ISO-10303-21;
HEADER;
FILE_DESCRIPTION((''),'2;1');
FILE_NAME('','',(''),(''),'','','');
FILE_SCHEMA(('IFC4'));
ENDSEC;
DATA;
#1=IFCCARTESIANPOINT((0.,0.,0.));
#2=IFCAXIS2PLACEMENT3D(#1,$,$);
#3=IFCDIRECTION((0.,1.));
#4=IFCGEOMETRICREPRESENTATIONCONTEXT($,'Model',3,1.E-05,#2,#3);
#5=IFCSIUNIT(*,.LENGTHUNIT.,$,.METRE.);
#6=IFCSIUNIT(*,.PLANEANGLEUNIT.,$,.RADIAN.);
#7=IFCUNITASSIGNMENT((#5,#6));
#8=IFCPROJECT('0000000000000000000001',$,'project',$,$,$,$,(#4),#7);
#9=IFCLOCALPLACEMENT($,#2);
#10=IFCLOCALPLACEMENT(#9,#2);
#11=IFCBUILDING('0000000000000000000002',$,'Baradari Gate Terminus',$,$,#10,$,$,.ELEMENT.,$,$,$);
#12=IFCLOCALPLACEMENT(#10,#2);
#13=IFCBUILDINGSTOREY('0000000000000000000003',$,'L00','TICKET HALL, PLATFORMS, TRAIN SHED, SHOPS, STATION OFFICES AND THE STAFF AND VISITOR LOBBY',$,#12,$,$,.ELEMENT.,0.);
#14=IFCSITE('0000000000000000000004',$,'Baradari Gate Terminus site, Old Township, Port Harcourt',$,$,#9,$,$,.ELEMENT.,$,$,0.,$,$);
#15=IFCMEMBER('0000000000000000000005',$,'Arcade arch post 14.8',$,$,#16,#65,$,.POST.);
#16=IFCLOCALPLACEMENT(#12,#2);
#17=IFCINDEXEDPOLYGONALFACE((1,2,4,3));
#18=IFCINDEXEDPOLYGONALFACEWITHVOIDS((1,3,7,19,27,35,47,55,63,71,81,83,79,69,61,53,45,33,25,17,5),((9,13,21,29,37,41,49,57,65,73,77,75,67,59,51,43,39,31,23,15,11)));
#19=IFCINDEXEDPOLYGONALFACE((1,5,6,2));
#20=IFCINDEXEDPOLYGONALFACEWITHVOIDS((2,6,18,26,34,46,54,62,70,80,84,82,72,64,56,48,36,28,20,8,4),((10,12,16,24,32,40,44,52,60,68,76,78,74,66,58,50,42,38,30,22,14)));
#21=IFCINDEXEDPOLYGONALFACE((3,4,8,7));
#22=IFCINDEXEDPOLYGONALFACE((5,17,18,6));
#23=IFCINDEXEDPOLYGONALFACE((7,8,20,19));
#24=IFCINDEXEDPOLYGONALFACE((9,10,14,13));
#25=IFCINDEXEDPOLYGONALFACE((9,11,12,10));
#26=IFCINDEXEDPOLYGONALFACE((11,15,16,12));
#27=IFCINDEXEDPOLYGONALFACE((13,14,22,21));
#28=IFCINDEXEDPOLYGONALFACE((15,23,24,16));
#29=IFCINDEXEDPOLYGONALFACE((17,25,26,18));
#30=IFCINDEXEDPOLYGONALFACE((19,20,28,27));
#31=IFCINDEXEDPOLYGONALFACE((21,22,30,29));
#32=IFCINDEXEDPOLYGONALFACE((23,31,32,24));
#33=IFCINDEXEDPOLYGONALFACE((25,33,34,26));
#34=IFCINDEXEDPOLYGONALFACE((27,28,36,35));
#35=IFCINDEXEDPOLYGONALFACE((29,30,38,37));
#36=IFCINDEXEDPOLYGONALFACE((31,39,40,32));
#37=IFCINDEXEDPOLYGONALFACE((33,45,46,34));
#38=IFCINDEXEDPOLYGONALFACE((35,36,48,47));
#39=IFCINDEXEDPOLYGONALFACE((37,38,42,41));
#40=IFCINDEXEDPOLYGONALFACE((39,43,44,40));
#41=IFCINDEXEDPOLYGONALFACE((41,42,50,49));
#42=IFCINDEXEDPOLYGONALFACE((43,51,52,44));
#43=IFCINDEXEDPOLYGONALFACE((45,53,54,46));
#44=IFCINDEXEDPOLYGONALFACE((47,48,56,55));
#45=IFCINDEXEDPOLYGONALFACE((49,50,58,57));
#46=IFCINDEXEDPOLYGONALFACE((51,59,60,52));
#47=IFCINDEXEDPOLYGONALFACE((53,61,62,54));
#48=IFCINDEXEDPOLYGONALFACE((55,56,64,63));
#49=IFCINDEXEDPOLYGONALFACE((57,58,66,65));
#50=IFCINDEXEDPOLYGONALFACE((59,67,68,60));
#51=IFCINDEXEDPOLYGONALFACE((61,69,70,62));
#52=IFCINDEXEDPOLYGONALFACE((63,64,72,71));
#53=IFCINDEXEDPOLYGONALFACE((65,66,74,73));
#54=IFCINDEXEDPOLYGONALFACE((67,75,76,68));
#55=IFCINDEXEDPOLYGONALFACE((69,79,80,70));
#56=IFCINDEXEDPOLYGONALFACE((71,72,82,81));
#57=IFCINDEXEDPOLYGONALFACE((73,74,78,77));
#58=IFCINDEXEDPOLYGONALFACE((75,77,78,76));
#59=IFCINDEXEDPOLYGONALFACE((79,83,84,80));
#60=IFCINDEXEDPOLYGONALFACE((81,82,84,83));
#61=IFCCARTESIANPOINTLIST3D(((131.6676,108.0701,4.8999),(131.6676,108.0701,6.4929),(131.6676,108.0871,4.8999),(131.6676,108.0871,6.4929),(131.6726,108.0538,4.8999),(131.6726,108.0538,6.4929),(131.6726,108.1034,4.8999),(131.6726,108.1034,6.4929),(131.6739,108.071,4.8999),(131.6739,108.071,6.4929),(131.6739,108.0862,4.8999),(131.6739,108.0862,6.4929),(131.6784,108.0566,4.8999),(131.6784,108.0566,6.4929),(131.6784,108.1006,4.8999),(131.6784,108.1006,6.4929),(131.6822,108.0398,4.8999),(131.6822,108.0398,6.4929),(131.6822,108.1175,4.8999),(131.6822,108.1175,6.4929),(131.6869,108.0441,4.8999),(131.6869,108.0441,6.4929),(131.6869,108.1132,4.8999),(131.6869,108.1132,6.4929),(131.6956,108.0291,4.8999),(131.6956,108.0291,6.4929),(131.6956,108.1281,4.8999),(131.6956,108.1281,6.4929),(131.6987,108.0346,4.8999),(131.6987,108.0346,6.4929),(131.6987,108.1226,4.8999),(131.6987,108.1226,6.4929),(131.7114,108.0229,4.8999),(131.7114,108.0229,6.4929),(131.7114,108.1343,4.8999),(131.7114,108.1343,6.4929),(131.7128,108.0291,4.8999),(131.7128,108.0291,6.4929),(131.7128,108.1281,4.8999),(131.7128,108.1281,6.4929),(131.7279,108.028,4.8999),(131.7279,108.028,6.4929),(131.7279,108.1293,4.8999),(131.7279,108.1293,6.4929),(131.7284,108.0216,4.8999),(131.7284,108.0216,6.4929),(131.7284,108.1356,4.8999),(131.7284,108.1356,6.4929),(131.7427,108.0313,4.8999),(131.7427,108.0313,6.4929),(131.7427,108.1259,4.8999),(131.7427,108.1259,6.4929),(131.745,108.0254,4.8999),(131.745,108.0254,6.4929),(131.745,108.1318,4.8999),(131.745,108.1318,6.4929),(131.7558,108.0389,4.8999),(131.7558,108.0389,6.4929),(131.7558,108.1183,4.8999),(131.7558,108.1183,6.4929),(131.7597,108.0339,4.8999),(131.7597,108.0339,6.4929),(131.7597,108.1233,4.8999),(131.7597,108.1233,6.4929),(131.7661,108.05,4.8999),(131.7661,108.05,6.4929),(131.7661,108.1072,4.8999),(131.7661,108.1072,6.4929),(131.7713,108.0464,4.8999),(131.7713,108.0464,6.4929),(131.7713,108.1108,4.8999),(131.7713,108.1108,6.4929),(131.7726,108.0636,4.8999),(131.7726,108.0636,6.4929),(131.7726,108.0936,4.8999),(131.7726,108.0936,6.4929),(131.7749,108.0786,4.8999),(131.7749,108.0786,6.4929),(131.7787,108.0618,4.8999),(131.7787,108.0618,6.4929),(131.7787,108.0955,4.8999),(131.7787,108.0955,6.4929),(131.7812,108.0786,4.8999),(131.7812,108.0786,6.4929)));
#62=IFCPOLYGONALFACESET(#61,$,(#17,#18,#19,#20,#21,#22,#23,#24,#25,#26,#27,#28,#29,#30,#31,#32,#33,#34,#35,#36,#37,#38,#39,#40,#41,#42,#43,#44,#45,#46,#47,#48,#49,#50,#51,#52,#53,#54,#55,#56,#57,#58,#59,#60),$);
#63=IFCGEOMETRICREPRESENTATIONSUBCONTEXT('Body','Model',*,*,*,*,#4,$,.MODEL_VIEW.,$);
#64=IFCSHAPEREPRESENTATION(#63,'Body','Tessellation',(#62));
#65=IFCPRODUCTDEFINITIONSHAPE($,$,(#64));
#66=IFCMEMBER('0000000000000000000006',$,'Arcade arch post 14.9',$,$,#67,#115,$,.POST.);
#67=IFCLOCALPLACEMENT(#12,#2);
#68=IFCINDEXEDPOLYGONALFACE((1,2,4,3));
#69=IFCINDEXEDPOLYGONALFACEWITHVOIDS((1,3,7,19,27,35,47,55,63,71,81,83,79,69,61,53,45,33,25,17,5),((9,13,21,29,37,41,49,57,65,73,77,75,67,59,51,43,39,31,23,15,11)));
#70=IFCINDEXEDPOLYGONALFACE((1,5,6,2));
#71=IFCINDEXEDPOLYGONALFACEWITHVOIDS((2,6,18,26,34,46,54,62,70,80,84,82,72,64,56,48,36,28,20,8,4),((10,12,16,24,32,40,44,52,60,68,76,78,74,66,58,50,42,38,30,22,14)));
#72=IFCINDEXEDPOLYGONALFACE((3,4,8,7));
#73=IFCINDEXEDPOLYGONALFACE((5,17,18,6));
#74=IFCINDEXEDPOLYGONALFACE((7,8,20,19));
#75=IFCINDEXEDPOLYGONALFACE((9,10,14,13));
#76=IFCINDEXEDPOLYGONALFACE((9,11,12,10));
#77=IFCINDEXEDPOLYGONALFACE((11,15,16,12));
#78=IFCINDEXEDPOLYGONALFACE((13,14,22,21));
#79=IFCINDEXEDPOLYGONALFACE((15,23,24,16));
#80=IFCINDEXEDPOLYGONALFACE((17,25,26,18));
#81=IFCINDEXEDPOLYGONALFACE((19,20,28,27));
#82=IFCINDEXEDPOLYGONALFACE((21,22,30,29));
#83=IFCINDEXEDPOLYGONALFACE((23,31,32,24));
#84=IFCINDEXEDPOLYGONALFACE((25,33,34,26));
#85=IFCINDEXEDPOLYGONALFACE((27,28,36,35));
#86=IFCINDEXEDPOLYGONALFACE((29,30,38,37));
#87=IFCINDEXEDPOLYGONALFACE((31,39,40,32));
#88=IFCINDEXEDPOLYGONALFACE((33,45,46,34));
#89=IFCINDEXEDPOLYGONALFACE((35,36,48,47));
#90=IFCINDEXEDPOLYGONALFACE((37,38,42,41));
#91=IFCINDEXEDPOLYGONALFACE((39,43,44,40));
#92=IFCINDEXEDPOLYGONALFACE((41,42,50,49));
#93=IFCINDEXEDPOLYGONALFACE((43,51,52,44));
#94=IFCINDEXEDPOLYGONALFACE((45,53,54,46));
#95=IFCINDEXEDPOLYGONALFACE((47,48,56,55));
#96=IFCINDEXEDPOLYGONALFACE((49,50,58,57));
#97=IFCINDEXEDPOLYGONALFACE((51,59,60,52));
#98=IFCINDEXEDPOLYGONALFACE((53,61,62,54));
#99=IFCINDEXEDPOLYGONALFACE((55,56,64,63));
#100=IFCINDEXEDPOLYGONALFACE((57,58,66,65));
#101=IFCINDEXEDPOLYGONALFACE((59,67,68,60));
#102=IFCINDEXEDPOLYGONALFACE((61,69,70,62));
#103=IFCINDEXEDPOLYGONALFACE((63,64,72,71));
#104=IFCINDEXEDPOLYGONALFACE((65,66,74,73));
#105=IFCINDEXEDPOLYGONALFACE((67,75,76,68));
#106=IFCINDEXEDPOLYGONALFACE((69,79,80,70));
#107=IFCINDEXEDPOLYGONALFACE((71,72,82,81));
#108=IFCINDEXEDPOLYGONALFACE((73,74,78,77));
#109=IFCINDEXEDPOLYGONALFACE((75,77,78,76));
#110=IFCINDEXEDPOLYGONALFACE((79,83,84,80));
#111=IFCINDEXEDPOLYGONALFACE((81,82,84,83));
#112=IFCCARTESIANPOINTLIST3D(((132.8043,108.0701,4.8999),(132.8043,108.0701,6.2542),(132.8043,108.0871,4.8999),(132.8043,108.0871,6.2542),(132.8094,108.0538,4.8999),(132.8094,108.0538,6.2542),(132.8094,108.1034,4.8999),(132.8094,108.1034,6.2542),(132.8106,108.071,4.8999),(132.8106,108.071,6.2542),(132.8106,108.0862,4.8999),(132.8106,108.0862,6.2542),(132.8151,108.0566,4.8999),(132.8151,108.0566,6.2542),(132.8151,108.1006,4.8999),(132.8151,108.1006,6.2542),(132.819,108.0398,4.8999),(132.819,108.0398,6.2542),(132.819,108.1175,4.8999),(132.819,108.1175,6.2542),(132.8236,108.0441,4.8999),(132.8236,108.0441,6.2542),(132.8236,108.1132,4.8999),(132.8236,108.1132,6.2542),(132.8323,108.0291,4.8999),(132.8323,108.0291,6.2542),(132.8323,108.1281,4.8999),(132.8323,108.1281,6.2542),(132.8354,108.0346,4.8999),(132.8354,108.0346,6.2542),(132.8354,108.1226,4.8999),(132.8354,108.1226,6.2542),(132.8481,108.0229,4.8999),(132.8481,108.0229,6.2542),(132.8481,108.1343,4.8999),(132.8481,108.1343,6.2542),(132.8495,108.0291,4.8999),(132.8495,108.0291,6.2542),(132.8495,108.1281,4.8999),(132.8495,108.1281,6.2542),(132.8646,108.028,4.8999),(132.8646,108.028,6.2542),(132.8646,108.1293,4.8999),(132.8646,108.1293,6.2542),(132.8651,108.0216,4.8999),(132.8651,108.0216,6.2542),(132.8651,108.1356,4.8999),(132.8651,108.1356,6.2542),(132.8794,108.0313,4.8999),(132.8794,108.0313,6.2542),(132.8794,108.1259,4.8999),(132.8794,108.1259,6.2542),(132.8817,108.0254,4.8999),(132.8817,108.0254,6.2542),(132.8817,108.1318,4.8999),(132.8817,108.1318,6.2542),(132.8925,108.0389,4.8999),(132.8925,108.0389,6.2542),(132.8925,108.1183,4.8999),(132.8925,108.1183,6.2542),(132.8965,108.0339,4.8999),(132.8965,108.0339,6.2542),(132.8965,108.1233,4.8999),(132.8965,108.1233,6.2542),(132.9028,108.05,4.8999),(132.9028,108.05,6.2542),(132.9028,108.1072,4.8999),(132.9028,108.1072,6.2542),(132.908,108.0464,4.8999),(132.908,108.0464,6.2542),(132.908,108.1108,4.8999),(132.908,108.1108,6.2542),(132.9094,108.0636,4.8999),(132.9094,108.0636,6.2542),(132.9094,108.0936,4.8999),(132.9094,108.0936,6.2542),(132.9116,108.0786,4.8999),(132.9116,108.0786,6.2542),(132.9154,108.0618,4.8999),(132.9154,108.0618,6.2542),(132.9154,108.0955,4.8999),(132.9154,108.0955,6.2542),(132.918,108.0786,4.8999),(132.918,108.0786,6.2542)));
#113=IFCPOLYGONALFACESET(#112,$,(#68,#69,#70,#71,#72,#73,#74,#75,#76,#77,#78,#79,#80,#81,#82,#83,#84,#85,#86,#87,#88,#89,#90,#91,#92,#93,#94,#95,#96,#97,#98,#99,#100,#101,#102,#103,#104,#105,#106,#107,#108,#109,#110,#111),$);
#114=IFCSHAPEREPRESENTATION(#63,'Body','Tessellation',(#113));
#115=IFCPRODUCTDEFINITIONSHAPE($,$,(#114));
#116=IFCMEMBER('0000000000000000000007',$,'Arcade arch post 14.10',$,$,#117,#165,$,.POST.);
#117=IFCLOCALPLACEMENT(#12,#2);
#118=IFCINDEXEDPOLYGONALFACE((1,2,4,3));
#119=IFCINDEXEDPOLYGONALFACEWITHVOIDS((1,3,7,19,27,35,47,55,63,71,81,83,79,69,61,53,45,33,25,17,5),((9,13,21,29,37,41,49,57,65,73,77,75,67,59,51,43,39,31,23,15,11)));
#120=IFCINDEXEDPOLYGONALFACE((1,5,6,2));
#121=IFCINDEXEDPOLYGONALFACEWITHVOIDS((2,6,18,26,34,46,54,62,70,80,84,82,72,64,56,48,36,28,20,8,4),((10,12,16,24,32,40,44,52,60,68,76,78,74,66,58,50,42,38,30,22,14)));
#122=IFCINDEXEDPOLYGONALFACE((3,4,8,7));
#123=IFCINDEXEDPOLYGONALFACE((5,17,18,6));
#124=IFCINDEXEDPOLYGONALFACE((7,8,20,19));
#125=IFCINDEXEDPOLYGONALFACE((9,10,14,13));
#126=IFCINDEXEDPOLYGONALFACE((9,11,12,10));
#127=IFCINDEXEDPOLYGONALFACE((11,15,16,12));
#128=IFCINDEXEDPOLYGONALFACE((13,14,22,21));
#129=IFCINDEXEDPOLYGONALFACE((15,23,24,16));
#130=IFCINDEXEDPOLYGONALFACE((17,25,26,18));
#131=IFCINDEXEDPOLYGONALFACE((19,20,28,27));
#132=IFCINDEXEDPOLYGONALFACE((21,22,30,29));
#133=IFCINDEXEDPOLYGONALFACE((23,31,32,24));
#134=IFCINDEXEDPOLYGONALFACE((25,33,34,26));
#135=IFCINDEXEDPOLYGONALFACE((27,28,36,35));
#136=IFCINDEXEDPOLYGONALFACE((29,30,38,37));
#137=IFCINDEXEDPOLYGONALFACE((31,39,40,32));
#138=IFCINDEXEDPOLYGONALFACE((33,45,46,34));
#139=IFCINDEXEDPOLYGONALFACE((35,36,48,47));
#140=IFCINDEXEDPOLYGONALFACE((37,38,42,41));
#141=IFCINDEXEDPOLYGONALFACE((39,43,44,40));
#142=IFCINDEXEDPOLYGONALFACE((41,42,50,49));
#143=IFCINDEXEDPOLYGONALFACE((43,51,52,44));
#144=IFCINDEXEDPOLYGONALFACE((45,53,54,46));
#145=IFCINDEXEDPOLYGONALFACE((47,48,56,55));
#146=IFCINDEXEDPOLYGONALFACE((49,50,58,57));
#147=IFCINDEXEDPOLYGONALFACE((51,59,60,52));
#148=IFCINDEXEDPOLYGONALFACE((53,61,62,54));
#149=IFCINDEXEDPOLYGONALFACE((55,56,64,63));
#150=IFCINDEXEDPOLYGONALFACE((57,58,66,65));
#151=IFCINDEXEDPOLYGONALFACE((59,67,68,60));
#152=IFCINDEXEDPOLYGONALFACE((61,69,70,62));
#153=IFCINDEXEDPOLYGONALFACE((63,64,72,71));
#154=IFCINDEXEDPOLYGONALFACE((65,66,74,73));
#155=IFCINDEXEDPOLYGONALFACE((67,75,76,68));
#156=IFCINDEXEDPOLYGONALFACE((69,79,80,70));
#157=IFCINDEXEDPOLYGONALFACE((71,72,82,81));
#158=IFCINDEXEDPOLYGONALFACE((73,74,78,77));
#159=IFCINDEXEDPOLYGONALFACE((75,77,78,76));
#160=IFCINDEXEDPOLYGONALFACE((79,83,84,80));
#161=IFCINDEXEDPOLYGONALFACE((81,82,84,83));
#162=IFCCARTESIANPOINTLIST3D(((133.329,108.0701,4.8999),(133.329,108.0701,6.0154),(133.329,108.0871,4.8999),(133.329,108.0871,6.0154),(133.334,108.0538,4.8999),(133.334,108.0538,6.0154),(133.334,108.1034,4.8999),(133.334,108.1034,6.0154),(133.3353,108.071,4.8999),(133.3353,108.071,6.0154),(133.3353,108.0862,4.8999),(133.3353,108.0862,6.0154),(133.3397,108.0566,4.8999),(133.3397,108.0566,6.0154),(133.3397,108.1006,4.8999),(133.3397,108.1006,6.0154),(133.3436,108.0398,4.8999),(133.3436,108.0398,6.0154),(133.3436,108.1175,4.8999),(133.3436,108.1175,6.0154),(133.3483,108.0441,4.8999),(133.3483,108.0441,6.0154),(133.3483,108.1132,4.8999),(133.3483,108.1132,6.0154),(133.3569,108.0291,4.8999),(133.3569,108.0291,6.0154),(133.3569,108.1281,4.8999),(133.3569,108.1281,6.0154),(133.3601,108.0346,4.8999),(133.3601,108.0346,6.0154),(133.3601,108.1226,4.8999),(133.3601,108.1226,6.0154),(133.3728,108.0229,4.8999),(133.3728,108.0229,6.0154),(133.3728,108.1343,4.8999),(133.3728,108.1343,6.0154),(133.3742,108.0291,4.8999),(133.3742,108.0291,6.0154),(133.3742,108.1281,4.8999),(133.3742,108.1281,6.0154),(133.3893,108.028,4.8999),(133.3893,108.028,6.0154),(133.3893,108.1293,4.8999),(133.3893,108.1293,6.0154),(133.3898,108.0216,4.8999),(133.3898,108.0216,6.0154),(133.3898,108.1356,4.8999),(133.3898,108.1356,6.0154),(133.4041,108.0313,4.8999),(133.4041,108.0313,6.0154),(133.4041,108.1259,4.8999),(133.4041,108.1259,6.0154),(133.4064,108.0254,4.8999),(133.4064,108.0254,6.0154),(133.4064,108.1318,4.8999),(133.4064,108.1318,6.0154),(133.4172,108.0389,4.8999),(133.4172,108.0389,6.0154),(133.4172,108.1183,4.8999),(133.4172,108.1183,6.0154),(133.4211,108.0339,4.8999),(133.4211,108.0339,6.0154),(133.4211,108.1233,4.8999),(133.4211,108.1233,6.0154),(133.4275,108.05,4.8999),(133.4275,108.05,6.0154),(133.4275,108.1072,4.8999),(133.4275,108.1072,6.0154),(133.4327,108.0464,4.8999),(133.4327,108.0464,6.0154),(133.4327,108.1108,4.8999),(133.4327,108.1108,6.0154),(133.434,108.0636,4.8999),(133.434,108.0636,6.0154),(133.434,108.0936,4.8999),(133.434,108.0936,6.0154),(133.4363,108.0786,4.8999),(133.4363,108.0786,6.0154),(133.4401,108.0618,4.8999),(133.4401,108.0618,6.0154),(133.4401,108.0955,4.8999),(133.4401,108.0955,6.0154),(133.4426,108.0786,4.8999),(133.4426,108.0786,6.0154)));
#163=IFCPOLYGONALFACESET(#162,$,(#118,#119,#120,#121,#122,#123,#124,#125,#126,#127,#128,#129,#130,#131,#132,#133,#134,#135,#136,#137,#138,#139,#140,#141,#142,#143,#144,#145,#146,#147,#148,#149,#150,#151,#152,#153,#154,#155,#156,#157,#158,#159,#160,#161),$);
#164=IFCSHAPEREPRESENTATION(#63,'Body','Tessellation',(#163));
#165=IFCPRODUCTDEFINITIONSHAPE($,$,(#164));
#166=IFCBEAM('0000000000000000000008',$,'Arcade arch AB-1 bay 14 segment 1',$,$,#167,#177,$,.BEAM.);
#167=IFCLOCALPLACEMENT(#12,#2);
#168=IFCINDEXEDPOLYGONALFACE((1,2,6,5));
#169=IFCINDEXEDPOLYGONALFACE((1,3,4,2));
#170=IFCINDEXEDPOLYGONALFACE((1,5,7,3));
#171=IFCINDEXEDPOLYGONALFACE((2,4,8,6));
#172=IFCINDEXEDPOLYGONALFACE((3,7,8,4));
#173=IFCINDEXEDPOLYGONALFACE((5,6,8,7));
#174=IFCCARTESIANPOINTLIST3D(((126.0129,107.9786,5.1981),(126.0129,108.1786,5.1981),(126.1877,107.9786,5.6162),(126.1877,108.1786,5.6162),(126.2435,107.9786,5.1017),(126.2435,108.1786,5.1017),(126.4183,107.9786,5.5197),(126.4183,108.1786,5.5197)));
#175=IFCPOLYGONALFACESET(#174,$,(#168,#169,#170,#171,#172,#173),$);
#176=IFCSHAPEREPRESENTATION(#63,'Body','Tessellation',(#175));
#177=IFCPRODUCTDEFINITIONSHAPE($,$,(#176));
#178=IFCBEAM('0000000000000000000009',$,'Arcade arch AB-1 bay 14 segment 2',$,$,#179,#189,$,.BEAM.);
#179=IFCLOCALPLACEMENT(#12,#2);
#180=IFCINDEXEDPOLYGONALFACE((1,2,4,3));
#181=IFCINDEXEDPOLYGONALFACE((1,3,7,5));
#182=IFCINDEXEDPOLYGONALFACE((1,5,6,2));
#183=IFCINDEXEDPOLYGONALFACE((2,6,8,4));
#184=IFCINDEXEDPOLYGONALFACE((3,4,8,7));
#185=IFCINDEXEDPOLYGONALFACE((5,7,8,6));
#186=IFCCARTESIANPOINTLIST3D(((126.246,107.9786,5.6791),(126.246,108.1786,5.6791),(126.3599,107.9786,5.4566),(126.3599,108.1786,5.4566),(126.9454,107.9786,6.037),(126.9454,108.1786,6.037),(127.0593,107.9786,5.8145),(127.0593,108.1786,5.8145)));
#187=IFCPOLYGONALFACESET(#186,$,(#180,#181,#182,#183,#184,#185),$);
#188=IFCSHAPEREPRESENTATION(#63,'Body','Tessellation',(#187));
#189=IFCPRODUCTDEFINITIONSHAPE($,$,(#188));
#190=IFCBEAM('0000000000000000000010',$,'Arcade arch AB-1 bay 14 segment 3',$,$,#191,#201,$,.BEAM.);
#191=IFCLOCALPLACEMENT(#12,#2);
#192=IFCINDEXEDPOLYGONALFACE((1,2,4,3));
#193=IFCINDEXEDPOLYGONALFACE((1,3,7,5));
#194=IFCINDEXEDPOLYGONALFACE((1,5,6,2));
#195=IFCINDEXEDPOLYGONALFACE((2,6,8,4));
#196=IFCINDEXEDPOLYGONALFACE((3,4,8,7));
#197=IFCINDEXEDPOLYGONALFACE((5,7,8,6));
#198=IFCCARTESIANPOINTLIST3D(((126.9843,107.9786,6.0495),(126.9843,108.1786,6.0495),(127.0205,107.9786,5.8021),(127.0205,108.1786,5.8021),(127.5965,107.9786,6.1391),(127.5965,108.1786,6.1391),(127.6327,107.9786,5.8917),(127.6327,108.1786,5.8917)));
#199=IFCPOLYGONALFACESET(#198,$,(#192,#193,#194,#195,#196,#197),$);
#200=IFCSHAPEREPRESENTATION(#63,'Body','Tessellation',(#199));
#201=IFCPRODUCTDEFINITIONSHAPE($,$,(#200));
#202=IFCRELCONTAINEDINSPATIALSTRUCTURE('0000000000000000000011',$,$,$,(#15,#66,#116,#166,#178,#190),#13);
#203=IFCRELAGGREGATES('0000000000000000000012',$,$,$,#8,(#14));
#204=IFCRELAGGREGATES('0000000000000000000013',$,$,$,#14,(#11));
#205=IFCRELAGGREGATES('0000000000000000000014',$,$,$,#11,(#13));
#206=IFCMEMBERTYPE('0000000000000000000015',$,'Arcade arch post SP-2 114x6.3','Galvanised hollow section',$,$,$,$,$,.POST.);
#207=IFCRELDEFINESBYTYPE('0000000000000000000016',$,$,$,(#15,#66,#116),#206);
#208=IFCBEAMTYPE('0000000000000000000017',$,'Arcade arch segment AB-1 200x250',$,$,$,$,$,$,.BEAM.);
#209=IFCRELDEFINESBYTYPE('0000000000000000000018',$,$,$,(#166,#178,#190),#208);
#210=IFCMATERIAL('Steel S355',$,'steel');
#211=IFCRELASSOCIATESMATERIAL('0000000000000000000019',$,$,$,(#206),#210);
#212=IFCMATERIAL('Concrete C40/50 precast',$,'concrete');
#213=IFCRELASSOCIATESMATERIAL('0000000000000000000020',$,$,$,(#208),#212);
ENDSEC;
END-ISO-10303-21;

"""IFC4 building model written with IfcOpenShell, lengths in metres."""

from ifc_helpers import new_model, si_unit, direction, frame, origin, origin_2d, place, context, subcontext, project, spatial, rectangle, hollow_circle, extrude, material, material_profile, profile_set, type_object, element, save


model = new_model("IFC4")

# Units and contexts
model_context = context("Model", 3, precision=1e-05, world=origin(), true_north=direction((0.0, 1.0)))
body_context = subcontext(model_context, "Body", "Model", "MODEL_VIEW")
ifc_project = project(units=[si_unit("LENGTHUNIT", "METRE"), si_unit("PLANEANGLEUNIT", "RADIAN")], contexts=[model_context])

# Site, building, storey
site_placement = place(None, origin())
site = spatial("IfcSite", under=ifc_project, at=site_placement, Name="Baradari Gate Terminus site, Old Township, Port Harcourt", CompositionType="ELEMENT", RefElevation=0.0)
building_placement = place(site_placement, origin())
building = spatial("IfcBuilding", under=site, at=building_placement, Name="Baradari Gate Terminus", CompositionType="ELEMENT")
storey_placement = place(building_placement, origin())
storey = spatial("IfcBuildingStorey", under=building, at=storey_placement, Name="L00", Description="TICKET HALL, PLATFORMS, TRAIN SHED, SHOPS, STATION OFFICES AND THE STAFF AND VISITOR LOBBY", CompositionType="ELEMENT", Elevation=0.0)

# Members
ifc_material_1 = material(Name="Steel S355", Category="steel")
ifc_material_profile_1 = material_profile(ifc_material_1, hollow_circle(Radius=0.0571, WallThickness=0.0063, at=origin_2d()), Name="CHS 114.3x6.3")
ifc_profile_set_1 = profile_set([ifc_material_profile_1], Name="Steel S355")
member_type_1 = type_object("IfcMemberType", Name="Arcade arch post SP-2 114x6.3", Description="Galvanised hollow section", PredefinedType="POST", material=ifc_profile_set_1)
member_1_placement = place(storey_placement, frame((131.7241, 108.0786, 4.8999), z_axis=(0.0, 0.0, 1.0), x_axis=(1.0, 0.0, 0.0)))
element("IfcMember", 1, at=member_1_placement, inside=storey, type_object=member_type_1, Name="Arcade arch post 14.8", PredefinedType="POST", context=body_context, shape_type="SweptSolid", body=[
    extrude(hollow_circle(Radius=0.0571, WallThickness=0.0063, at=origin_2d()), origin(), (0.0, 0.0, 1.0), 1.593),
])
member_2_placement = place(storey_placement, frame((132.8608, 108.0786, 4.8999), z_axis=(0.0, 0.0, 1.0), x_axis=(1.0, 0.0, 0.0)))
element("IfcMember", 2, at=member_2_placement, inside=storey, type_object=member_type_1, Name="Arcade arch post 14.9", PredefinedType="POST", context=body_context, shape_type="SweptSolid", body=[
    extrude(hollow_circle(Radius=0.0571, WallThickness=0.0063, at=origin_2d()), origin(), (0.0, 0.0, 1.0), 1.3542),
])
member_3_placement = place(storey_placement, frame((133.3855, 108.0786, 4.8999), z_axis=(0.0, 0.0, 1.0), x_axis=(1.0, 0.0, 0.0)))
element("IfcMember", 3, at=member_3_placement, inside=storey, type_object=member_type_1, Name="Arcade arch post 14.10", PredefinedType="POST", context=body_context, shape_type="SweptSolid", body=[
    extrude(hollow_circle(Radius=0.0571, WallThickness=0.0063, at=origin_2d()), origin(), (0.0, 0.0, 1.0), 1.1155),
])

# Beams
ifc_material_2 = material(Name="Concrete C40/50 precast", Category="concrete")
ifc_material_profile_2 = material_profile(ifc_material_2, rectangle(XDim=0.2, YDim=0.25, at=origin_2d()), Name="AB-1 200X250")
ifc_profile_set_2 = profile_set([ifc_material_profile_2], Name="Concrete C40/50 precast")
beam_type_1 = type_object("IfcBeamType", Name="Arcade arch segment AB-1 200x250", PredefinedType="BEAM", material=ifc_profile_set_2)
beam_1_placement = place(storey_placement, frame((126.1282, 108.0786, 5.1499), z_axis=(0.385839, 0.0, 0.922566), x_axis=(0.0, 1.0, 0.0)))
element("IfcBeam", 4, at=beam_1_placement, inside=storey, type_object=beam_type_1, Name="Arcade arch AB-1 bay 14 segment 1", PredefinedType="BEAM", context=body_context, shape_type="SweptSolid", body=[
    extrude(rectangle(XDim=0.2, YDim=0.25, at=origin_2d()), origin(), (0.0, 0.0, 1.0), 0.4531),
])
beam_2_placement = place(storey_placement, frame((126.303, 108.0786, 5.5679), z_axis=(0.890225, 0.0, 0.455522), x_axis=(0.0, 1.0, 0.0)))
element("IfcBeam", 5, at=beam_2_placement, inside=storey, type_object=beam_type_1, Name="Arcade arch AB-1 bay 14 segment 2", PredefinedType="BEAM", context=body_context, shape_type="SweptSolid", body=[
    extrude(rectangle(XDim=0.2, YDim=0.25, at=origin_2d()), origin(), (0.0, 0.0, 1.0), 0.7856),
])
beam_3_placement = place(storey_placement, frame((127.0024, 108.0786, 5.9258), z_axis=(0.989454, 0.0, 0.144846), x_axis=(0.0, 1.0, 0.0)))
element("IfcBeam", 6, at=beam_3_placement, inside=storey, type_object=beam_type_1, Name="Arcade arch AB-1 bay 14 segment 3", PredefinedType="BEAM", context=body_context, shape_type="SweptSolid", body=[
    extrude(rectangle(XDim=0.2, YDim=0.25, at=origin_2d()), origin(), (0.0, 0.0, 1.0), 0.6187),
])

save(model, "model.ifc")
